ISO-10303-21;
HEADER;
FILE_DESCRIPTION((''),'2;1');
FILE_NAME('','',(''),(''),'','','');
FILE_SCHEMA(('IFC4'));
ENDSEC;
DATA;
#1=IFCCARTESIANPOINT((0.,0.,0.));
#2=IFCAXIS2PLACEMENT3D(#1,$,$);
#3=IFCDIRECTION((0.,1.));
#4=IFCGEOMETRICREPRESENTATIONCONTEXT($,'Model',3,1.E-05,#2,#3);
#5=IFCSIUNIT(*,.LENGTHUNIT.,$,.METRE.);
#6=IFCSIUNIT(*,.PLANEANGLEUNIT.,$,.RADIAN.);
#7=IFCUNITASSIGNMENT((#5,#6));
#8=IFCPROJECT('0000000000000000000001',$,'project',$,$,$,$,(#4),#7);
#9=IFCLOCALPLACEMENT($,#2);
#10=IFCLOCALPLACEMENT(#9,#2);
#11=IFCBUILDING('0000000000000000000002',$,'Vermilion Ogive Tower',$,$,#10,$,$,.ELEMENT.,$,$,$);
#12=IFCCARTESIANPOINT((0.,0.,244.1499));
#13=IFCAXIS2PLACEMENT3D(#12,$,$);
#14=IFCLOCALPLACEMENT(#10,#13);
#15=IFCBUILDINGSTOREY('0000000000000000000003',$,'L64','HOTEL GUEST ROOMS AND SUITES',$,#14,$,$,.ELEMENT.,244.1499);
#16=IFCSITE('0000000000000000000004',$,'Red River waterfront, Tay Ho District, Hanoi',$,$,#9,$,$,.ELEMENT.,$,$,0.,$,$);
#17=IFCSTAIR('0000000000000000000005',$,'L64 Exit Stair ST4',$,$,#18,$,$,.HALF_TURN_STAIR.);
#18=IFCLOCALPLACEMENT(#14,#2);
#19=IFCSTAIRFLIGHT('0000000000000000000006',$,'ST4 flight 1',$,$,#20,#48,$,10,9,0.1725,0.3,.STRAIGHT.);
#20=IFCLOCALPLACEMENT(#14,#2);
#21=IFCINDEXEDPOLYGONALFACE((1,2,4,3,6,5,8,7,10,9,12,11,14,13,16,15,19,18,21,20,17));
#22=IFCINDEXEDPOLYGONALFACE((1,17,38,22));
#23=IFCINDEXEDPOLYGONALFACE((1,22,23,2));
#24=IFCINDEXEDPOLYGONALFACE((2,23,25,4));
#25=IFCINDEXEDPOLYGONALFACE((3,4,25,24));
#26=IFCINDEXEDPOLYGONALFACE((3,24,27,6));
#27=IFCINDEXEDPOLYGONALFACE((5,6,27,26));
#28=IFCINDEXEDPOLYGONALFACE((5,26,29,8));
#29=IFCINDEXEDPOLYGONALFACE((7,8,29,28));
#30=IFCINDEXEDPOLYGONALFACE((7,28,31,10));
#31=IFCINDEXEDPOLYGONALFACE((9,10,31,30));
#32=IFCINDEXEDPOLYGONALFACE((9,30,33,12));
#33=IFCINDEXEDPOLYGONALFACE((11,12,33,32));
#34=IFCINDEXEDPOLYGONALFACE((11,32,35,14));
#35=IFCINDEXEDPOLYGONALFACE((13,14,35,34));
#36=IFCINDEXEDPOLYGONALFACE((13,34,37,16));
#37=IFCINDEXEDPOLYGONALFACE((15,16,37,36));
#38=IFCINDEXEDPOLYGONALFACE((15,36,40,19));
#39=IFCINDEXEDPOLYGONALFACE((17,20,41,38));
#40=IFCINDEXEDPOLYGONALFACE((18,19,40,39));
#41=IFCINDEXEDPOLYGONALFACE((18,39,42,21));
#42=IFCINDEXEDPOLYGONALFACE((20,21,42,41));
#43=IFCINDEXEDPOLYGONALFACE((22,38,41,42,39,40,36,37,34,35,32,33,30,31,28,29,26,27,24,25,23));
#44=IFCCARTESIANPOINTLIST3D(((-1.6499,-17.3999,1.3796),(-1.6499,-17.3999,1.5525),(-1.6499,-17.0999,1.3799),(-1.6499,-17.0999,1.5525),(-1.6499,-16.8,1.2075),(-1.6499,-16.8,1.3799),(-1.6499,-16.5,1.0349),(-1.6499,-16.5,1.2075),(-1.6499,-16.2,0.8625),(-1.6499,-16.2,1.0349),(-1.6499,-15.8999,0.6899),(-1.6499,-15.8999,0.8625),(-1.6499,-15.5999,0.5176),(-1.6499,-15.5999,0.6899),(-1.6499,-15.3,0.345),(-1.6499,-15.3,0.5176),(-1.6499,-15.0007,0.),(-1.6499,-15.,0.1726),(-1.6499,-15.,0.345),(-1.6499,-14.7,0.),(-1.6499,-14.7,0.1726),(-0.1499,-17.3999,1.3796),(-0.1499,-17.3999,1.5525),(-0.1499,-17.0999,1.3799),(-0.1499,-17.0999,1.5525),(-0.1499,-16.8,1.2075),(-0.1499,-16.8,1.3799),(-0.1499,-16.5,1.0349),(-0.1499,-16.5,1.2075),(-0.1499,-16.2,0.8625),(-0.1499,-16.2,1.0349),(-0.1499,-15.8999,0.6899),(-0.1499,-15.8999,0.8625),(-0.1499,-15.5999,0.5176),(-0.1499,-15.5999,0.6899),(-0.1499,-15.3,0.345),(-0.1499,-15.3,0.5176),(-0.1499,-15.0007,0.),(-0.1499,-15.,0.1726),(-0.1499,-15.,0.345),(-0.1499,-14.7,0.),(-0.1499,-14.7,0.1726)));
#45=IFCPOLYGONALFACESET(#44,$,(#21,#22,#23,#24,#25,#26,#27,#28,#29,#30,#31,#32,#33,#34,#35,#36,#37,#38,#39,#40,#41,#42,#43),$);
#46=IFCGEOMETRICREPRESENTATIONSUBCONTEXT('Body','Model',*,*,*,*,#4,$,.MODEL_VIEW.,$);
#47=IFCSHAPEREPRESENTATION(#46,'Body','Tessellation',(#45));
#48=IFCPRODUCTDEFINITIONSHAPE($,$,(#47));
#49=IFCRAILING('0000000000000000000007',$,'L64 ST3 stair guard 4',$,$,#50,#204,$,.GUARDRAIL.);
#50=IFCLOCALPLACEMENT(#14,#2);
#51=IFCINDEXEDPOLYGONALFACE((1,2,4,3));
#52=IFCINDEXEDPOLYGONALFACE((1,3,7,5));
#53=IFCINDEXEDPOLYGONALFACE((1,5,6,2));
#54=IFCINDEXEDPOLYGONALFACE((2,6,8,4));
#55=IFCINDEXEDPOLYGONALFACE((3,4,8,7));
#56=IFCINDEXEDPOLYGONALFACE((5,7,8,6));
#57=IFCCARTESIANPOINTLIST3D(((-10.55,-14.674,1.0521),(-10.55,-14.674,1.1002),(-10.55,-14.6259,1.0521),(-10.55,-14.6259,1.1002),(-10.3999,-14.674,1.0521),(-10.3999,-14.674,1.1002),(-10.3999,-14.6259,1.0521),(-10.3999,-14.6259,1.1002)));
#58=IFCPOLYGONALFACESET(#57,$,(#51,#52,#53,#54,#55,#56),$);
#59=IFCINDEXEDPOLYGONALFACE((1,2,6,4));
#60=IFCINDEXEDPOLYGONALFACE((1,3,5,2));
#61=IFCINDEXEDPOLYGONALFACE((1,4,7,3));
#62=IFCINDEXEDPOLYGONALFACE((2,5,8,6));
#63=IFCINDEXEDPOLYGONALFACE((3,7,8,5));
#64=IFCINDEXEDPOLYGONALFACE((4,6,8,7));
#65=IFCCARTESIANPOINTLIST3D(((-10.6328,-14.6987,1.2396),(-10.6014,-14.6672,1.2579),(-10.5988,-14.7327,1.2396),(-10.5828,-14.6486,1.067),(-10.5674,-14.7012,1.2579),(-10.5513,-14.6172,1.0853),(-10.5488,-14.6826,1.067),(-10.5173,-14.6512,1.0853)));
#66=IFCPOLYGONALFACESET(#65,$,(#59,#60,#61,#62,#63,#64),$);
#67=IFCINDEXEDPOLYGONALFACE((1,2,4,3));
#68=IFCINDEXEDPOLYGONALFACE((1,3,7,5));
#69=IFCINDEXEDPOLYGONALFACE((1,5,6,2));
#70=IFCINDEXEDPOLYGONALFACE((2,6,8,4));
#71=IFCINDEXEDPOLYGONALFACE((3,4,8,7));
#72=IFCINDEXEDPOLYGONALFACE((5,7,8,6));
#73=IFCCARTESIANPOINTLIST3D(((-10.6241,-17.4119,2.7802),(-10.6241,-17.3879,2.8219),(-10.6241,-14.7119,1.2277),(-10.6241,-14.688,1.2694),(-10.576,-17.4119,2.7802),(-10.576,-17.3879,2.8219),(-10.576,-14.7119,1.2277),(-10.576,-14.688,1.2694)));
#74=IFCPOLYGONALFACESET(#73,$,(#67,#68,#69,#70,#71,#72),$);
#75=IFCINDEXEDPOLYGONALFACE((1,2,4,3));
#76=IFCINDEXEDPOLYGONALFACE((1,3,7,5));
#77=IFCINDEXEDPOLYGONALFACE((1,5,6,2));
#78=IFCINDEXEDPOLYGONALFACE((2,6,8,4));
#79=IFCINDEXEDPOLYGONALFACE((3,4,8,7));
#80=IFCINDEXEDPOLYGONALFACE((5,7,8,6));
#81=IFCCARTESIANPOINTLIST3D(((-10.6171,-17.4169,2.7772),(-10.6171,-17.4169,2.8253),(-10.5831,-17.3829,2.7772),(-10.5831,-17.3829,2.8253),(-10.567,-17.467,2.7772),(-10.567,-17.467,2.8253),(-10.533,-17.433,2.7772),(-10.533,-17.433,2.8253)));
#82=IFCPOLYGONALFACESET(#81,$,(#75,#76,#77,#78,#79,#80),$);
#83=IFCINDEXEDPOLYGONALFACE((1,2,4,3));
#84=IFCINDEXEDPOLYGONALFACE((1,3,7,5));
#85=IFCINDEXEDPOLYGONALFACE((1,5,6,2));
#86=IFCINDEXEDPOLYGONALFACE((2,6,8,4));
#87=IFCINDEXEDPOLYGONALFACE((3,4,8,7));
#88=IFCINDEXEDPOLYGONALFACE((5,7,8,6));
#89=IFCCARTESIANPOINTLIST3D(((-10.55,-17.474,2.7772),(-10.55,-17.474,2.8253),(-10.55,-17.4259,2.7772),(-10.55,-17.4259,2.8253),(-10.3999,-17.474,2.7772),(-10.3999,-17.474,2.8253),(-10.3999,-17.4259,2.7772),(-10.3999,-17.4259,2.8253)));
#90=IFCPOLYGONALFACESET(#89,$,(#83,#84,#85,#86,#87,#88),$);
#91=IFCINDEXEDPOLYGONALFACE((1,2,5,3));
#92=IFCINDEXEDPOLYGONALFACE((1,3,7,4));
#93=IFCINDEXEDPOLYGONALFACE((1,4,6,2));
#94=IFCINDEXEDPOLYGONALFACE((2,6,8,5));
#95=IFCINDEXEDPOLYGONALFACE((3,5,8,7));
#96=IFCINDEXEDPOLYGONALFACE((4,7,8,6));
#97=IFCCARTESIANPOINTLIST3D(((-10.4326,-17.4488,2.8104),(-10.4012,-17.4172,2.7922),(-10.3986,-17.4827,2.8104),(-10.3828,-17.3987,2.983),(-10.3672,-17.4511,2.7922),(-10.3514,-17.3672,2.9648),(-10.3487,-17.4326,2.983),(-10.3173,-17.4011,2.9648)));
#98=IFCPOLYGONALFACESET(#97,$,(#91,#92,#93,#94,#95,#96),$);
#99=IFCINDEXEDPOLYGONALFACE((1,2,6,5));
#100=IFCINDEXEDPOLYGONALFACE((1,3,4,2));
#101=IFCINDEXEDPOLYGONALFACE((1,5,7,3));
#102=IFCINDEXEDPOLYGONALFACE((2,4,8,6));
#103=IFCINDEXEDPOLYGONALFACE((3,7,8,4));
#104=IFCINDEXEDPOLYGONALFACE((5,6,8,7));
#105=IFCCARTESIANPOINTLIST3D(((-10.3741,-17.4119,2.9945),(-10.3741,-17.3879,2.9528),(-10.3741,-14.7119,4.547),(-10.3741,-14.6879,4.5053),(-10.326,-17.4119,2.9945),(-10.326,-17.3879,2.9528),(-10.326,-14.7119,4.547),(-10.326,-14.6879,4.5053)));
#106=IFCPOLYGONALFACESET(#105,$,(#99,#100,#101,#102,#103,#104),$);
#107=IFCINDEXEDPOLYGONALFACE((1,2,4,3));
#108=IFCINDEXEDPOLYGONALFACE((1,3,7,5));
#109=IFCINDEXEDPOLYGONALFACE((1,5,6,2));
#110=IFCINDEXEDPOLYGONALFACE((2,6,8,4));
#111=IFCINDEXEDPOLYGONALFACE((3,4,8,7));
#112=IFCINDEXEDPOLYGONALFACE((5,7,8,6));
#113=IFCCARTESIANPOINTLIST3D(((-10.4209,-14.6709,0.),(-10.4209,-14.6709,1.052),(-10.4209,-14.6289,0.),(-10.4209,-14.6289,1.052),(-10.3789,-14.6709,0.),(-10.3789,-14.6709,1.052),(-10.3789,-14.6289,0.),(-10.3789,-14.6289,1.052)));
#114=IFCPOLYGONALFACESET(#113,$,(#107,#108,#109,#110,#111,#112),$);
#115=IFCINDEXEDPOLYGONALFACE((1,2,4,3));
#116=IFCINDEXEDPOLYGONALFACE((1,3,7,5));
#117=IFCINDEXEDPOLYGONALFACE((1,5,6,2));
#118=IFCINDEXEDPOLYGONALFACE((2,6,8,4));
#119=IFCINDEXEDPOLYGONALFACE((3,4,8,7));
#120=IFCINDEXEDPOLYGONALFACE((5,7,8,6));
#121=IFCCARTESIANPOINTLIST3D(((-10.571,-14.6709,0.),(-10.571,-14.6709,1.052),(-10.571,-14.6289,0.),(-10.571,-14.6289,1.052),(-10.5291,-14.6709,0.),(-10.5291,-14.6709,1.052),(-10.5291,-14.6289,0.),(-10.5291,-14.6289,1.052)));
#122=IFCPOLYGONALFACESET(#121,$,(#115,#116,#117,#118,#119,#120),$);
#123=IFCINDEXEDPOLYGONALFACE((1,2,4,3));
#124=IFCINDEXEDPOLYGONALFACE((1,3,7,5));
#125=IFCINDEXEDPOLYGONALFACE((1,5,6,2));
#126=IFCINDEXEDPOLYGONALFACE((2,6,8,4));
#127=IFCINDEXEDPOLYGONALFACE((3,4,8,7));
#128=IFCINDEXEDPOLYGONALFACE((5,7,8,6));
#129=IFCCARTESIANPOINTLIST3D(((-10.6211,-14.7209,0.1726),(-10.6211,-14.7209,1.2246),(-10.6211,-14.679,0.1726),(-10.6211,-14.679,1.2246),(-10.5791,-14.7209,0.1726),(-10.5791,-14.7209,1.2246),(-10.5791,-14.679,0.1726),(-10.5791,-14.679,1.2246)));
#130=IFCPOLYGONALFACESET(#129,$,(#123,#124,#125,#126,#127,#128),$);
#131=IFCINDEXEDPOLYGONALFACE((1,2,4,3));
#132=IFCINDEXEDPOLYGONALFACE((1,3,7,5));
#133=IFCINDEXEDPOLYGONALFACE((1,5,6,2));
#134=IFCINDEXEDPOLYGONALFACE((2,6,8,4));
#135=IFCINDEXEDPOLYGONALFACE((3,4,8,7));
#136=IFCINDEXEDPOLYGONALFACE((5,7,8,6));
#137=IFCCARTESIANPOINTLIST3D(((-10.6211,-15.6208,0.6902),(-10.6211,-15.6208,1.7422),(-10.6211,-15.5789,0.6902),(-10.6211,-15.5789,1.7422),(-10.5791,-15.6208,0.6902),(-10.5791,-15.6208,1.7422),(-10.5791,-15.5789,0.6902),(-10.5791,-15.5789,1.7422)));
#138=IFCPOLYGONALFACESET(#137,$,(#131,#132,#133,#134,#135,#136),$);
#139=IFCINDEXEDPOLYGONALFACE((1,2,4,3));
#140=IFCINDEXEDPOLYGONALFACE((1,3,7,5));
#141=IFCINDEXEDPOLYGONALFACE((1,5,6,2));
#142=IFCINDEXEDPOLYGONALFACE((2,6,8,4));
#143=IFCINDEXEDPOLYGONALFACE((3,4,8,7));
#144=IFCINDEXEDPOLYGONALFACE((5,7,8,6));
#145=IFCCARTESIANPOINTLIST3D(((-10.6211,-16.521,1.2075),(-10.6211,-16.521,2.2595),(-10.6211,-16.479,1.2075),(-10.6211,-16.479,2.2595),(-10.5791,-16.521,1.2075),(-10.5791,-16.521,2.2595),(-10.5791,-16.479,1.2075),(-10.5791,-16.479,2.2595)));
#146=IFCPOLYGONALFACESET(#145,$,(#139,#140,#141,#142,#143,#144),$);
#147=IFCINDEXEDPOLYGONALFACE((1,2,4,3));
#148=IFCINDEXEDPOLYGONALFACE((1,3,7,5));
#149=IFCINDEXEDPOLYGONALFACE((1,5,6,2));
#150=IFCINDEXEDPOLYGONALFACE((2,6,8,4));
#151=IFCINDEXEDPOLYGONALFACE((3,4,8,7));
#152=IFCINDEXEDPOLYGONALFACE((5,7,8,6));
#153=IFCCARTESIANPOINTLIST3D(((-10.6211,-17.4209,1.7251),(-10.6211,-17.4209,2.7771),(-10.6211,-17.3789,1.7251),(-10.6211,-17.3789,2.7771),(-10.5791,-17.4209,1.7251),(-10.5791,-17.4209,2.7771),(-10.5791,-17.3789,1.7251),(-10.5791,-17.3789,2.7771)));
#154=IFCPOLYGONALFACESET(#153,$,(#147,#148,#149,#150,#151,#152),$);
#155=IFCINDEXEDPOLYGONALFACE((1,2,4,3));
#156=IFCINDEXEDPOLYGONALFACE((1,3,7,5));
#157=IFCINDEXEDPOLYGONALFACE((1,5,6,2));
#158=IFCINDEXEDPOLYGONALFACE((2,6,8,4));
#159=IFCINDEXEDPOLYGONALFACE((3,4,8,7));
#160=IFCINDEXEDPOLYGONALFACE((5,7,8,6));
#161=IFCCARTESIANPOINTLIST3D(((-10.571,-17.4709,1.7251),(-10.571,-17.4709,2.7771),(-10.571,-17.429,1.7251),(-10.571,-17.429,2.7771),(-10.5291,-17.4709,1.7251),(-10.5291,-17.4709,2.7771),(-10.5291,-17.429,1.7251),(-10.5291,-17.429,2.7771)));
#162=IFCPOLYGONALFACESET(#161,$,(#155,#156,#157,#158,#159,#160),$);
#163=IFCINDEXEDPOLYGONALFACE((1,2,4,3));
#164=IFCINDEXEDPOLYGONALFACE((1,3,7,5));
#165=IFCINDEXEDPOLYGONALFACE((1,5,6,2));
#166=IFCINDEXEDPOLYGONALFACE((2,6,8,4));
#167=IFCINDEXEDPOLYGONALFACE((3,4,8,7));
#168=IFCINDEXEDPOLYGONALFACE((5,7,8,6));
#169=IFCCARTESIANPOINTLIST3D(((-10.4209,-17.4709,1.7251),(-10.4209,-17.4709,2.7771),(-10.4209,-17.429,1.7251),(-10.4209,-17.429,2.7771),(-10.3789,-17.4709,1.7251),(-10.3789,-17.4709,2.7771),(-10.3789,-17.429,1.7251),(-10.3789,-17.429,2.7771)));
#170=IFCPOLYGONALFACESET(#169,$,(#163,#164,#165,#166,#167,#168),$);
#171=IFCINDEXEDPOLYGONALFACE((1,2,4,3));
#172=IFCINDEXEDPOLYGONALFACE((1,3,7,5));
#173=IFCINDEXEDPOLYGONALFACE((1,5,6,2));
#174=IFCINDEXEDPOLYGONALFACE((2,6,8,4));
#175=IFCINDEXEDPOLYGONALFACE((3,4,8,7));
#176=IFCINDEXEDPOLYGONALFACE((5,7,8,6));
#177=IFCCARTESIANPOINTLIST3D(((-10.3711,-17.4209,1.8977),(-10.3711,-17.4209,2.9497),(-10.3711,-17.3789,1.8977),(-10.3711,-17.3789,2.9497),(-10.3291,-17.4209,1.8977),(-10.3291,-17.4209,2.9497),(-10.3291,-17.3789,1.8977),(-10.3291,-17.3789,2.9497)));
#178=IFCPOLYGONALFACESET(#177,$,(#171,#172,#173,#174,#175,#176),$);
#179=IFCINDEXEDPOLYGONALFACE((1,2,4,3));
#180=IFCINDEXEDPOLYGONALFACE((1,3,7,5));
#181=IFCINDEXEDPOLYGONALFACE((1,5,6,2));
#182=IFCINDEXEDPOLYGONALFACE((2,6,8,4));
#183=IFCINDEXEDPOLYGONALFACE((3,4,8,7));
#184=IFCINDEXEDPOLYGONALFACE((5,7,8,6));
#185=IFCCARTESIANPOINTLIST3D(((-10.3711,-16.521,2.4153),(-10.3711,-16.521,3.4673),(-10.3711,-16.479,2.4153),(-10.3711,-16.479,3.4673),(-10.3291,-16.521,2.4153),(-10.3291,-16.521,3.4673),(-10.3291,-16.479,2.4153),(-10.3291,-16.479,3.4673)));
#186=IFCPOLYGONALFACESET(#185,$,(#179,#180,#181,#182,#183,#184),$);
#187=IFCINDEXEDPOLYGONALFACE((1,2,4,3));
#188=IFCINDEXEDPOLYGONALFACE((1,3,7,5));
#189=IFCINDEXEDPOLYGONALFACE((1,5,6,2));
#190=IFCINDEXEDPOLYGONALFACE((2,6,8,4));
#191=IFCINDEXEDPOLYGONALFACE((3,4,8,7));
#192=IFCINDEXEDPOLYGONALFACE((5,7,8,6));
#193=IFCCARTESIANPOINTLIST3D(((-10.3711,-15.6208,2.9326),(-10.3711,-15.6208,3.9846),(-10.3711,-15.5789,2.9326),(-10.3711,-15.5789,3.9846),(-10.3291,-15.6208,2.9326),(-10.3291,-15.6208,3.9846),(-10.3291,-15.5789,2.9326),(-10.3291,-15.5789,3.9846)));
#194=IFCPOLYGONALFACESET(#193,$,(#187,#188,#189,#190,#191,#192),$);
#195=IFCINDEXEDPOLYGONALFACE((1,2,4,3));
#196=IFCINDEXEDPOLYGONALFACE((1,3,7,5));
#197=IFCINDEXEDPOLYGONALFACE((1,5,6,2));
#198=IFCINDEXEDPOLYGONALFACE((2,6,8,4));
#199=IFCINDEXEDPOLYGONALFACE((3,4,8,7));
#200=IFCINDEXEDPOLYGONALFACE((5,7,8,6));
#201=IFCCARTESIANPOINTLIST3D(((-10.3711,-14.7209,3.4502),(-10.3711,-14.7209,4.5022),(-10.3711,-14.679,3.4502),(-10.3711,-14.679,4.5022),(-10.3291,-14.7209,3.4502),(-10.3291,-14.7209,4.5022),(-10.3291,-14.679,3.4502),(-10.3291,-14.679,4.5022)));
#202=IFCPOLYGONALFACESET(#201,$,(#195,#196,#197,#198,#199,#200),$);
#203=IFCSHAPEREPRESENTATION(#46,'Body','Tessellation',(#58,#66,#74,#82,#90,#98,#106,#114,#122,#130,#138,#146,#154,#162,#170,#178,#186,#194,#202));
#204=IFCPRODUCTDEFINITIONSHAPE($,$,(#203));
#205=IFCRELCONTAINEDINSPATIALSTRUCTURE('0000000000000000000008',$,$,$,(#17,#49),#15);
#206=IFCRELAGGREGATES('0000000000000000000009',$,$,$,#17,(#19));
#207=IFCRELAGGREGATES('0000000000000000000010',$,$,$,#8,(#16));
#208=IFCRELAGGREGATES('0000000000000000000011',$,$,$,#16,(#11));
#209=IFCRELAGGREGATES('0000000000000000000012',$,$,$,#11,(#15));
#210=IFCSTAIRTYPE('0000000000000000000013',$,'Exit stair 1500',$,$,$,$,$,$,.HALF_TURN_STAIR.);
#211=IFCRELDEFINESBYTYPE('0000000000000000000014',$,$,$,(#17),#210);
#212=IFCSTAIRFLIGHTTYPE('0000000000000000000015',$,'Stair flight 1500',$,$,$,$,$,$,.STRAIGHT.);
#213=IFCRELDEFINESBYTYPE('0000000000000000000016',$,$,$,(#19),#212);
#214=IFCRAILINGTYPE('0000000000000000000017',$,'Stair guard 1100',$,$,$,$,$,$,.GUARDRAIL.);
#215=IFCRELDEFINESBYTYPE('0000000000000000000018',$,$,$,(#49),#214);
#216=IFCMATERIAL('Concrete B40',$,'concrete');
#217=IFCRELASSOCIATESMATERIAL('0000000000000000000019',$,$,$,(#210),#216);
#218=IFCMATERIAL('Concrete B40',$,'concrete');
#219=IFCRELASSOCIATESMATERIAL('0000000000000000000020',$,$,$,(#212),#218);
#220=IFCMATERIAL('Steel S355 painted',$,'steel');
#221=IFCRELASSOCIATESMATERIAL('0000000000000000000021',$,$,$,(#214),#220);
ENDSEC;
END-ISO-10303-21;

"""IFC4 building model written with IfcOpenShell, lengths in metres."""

from ifc_helpers import new_model, si_unit, direction, frame, origin, origin_2d, place, context, subcontext, project, spatial, polyline, rectangle, outline, extrude, material, type_object, element, aggregate, save


model = new_model("IFC4")

# Units and contexts
model_context = context("Model", 3, precision=1e-05, world=origin(), true_north=direction((0.0, 1.0)))
body_context = subcontext(model_context, "Body", "Model", "MODEL_VIEW")
ifc_project = project(units=[si_unit("LENGTHUNIT", "METRE"), si_unit("PLANEANGLEUNIT", "RADIAN")], contexts=[model_context])

# Site, building, storey
site_placement = place(None, origin())
site = spatial("IfcSite", under=ifc_project, at=site_placement, Name="Red River waterfront, Tay Ho District, Hanoi", CompositionType="ELEMENT", RefElevation=0.0)
building_placement = place(site_placement, origin())
building = spatial("IfcBuilding", under=site, at=building_placement, Name="Vermilion Ogive Tower", CompositionType="ELEMENT")
storey_placement = place(building_placement, frame((0.0, 0.0, 244.1499)))
storey = spatial("IfcBuildingStorey", under=building, at=storey_placement, Name="L64", Description="HOTEL GUEST ROOMS AND SUITES", CompositionType="ELEMENT", Elevation=244.1499)

# Stair, stair flight
ifc_material_1 = material(Name="Concrete B40", Category="concrete")
stair_type = type_object("IfcStairType", Name="Exit stair 1500", PredefinedType="HALF_TURN_STAIR", material=ifc_material_1)
ifc_material_2 = material(Name="Concrete B40", Category="concrete")
stair_flight_type = type_object("IfcStairFlightType", Name="Stair flight 1500", PredefinedType="STRAIGHT", material=ifc_material_2)
stair_1_placement = place(storey_placement, origin())
stair_1 = element("IfcStair", 1, at=stair_1_placement, inside=storey, type_object=stair_type, Name="L64 Exit Stair ST4", PredefinedType="HALF_TURN_STAIR")
stair_flight_1_placement = place(storey_placement, frame((-0.8999, -14.7, 0.0), z_axis=(0.0, 0.0, 1.0), x_axis=(0.0, -1.0, 0.0)))
stair_flight_1 = element("IfcStairFlight", 2, at=stair_flight_1_placement, type_object=stair_flight_type, Name="ST4 flight 1", NumberOfRisers=10, NumberOfTreads=9, PredefinedType="STRAIGHT", RiserHeight=0.1725, TreadLength=0.3, context=body_context, shape_type="SweptSolid", body=[
    extrude(outline(polyline([(0.0, 0.0), (0.0, 0.1726), (0.3, 0.1726), (0.3, 0.345), (0.6001, 0.345), (0.6001, 0.5176), (0.8999, 0.5176), (0.8999, 0.6899), (1.2, 0.6899), (1.2, 0.8625), (1.5, 0.8625), (1.5, 1.0349), (1.8, 1.0349), (1.8, 1.2075), (2.1001, 1.2075), (2.1001, 1.3799), (2.3999, 1.3799), (2.3999, 1.5525), (2.7, 1.5525), (2.7, 1.7251), (2.7, 1.3796), (0.3008, 0.0), (0.0, 0.0)])), frame((0.0, 0.75, 0.0), z_axis=(0.0, -1.0, 0.0), x_axis=(1.0, 0.0, 0.0)), (0.0, 0.0, 1.0), 1.5),
])
aggregate(stair_1, [stair_flight_1])

# Railing
ifc_material_3 = material(Name="Steel S355 painted", Category="steel")
railing_type_1 = type_object("IfcRailingType", Name="Stair guard 1100", PredefinedType="GUARDRAIL", material=ifc_material_3)
railing_placement = place(storey_placement, frame((-10.3999, -14.6499, 0.0)))
element("IfcRailing", 3, at=railing_placement, inside=storey, type_object=railing_type_1, Name="L64 ST3 stair guard 4", PredefinedType="GUARDRAIL", context=body_context, shape_type="SweptSolid", body=[
    extrude(rectangle(XDim=0.0481, YDim=0.0481, at=origin_2d()), frame((0.0, 0.0, 1.0762), z_axis=(-1.0, 0.0, 0.0), x_axis=(0.0, -1.0, 0.0)), (0.0, 0.0, 1.0), 0.1501),
    extrude(rectangle(XDim=0.0481, YDim=0.0481, at=origin_2d()), frame((-0.1501, 0.0, 1.0762), z_axis=(-0.268278, -0.268278, 0.925232), x_axis=(0.707107, -0.707107, 0.0)), (0.0, 0.0, 1.0), 0.1865),
    extrude(rectangle(XDim=0.0481, YDim=0.0481, at=origin_2d()), frame((-0.2002, -0.05, 1.2485), z_axis=(0.0, -0.866904, 0.498476), x_axis=(1.0, 0.0, 0.0)), (0.0, 0.0, 1.0), 3.1145),
    extrude(rectangle(XDim=0.0481, YDim=0.0481, at=origin_2d()), frame((-0.2002, -2.75, 2.8013), z_axis=(0.707107, -0.707107, 0.0), x_axis=(0.707107, 0.707107, 0.0)), (0.0, 0.0, 1.0), 0.0708),
    extrude(rectangle(XDim=0.0481, YDim=0.0481, at=origin_2d()), frame((-0.1501, -2.8, 2.8013), z_axis=(1.0, 0.0, 0.0), x_axis=(0.0, 1.0, 0.0)), (0.0, 0.0, 1.0), 0.1501),
    extrude(rectangle(XDim=0.0481, YDim=0.0481, at=origin_2d()), frame((0.0, -2.8, 2.8013), z_axis=(0.267063, 0.268372, 0.925556), x_axis=(-0.708834, 0.705376, 0.0)), (0.0, 0.0, 1.0), 0.1865),
    extrude(rectangle(XDim=0.0481, YDim=0.0481, at=origin_2d()), frame((0.0498, -2.75, 2.9736), z_axis=(0.0, 0.866904, 0.498476), x_axis=(-1.0, 0.0, 0.0)), (0.0, 0.0, 1.0), 3.1145),
    extrude(rectangle(XDim=0.042, YDim=0.042, at=origin_2d()), origin(), (0.0, 0.0, 1.0), 1.052),
    extrude(rectangle(XDim=0.042, YDim=0.042, at=origin_2d()), frame((-0.1501, 0.0, 0.0)), (0.0, 0.0, 1.0), 1.052),
    extrude(rectangle(XDim=0.042, YDim=0.042, at=origin_2d()), frame((-0.2002, -0.05, 0.1726)), (0.0, 0.0, 1.0), 1.052),
    extrude(rectangle(XDim=0.042, YDim=0.042, at=origin_2d()), frame((-0.2002, -0.95, 0.6902)), (0.0, 0.0, 1.0), 1.052),
    extrude(rectangle(XDim=0.042, YDim=0.042, at=origin_2d()), frame((-0.2002, -1.8501, 1.2075)), (0.0, 0.0, 1.0), 1.052),
    extrude(rectangle(XDim=0.042, YDim=0.042, at=origin_2d()), frame((-0.2002, -2.75, 1.7251)), (0.0, 0.0, 1.0), 1.052),
    extrude(rectangle(XDim=0.042, YDim=0.042, at=origin_2d()), frame((-0.1501, -2.8, 1.7251)), (0.0, 0.0, 1.0), 1.052),
    extrude(rectangle(XDim=0.042, YDim=0.042, at=origin_2d()), frame((0.0, -2.8, 1.7251)), (0.0, 0.0, 1.0), 1.052),
    extrude(rectangle(XDim=0.042, YDim=0.042, at=origin_2d()), frame((0.0498, -2.75, 1.8977)), (0.0, 0.0, 1.0), 1.052),
    extrude(rectangle(XDim=0.042, YDim=0.042, at=origin_2d()), frame((0.0498, -1.8501, 2.4153)), (0.0, 0.0, 1.0), 1.052),
    extrude(rectangle(XDim=0.042, YDim=0.042, at=origin_2d()), frame((0.0498, -0.95, 2.9326)), (0.0, 0.0, 1.0), 1.052),
    extrude(rectangle(XDim=0.042, YDim=0.042, at=origin_2d()), frame((0.0498, -0.05, 3.4502)), (0.0, 0.0, 1.0), 1.052),
])

save(model, "model.ifc")
